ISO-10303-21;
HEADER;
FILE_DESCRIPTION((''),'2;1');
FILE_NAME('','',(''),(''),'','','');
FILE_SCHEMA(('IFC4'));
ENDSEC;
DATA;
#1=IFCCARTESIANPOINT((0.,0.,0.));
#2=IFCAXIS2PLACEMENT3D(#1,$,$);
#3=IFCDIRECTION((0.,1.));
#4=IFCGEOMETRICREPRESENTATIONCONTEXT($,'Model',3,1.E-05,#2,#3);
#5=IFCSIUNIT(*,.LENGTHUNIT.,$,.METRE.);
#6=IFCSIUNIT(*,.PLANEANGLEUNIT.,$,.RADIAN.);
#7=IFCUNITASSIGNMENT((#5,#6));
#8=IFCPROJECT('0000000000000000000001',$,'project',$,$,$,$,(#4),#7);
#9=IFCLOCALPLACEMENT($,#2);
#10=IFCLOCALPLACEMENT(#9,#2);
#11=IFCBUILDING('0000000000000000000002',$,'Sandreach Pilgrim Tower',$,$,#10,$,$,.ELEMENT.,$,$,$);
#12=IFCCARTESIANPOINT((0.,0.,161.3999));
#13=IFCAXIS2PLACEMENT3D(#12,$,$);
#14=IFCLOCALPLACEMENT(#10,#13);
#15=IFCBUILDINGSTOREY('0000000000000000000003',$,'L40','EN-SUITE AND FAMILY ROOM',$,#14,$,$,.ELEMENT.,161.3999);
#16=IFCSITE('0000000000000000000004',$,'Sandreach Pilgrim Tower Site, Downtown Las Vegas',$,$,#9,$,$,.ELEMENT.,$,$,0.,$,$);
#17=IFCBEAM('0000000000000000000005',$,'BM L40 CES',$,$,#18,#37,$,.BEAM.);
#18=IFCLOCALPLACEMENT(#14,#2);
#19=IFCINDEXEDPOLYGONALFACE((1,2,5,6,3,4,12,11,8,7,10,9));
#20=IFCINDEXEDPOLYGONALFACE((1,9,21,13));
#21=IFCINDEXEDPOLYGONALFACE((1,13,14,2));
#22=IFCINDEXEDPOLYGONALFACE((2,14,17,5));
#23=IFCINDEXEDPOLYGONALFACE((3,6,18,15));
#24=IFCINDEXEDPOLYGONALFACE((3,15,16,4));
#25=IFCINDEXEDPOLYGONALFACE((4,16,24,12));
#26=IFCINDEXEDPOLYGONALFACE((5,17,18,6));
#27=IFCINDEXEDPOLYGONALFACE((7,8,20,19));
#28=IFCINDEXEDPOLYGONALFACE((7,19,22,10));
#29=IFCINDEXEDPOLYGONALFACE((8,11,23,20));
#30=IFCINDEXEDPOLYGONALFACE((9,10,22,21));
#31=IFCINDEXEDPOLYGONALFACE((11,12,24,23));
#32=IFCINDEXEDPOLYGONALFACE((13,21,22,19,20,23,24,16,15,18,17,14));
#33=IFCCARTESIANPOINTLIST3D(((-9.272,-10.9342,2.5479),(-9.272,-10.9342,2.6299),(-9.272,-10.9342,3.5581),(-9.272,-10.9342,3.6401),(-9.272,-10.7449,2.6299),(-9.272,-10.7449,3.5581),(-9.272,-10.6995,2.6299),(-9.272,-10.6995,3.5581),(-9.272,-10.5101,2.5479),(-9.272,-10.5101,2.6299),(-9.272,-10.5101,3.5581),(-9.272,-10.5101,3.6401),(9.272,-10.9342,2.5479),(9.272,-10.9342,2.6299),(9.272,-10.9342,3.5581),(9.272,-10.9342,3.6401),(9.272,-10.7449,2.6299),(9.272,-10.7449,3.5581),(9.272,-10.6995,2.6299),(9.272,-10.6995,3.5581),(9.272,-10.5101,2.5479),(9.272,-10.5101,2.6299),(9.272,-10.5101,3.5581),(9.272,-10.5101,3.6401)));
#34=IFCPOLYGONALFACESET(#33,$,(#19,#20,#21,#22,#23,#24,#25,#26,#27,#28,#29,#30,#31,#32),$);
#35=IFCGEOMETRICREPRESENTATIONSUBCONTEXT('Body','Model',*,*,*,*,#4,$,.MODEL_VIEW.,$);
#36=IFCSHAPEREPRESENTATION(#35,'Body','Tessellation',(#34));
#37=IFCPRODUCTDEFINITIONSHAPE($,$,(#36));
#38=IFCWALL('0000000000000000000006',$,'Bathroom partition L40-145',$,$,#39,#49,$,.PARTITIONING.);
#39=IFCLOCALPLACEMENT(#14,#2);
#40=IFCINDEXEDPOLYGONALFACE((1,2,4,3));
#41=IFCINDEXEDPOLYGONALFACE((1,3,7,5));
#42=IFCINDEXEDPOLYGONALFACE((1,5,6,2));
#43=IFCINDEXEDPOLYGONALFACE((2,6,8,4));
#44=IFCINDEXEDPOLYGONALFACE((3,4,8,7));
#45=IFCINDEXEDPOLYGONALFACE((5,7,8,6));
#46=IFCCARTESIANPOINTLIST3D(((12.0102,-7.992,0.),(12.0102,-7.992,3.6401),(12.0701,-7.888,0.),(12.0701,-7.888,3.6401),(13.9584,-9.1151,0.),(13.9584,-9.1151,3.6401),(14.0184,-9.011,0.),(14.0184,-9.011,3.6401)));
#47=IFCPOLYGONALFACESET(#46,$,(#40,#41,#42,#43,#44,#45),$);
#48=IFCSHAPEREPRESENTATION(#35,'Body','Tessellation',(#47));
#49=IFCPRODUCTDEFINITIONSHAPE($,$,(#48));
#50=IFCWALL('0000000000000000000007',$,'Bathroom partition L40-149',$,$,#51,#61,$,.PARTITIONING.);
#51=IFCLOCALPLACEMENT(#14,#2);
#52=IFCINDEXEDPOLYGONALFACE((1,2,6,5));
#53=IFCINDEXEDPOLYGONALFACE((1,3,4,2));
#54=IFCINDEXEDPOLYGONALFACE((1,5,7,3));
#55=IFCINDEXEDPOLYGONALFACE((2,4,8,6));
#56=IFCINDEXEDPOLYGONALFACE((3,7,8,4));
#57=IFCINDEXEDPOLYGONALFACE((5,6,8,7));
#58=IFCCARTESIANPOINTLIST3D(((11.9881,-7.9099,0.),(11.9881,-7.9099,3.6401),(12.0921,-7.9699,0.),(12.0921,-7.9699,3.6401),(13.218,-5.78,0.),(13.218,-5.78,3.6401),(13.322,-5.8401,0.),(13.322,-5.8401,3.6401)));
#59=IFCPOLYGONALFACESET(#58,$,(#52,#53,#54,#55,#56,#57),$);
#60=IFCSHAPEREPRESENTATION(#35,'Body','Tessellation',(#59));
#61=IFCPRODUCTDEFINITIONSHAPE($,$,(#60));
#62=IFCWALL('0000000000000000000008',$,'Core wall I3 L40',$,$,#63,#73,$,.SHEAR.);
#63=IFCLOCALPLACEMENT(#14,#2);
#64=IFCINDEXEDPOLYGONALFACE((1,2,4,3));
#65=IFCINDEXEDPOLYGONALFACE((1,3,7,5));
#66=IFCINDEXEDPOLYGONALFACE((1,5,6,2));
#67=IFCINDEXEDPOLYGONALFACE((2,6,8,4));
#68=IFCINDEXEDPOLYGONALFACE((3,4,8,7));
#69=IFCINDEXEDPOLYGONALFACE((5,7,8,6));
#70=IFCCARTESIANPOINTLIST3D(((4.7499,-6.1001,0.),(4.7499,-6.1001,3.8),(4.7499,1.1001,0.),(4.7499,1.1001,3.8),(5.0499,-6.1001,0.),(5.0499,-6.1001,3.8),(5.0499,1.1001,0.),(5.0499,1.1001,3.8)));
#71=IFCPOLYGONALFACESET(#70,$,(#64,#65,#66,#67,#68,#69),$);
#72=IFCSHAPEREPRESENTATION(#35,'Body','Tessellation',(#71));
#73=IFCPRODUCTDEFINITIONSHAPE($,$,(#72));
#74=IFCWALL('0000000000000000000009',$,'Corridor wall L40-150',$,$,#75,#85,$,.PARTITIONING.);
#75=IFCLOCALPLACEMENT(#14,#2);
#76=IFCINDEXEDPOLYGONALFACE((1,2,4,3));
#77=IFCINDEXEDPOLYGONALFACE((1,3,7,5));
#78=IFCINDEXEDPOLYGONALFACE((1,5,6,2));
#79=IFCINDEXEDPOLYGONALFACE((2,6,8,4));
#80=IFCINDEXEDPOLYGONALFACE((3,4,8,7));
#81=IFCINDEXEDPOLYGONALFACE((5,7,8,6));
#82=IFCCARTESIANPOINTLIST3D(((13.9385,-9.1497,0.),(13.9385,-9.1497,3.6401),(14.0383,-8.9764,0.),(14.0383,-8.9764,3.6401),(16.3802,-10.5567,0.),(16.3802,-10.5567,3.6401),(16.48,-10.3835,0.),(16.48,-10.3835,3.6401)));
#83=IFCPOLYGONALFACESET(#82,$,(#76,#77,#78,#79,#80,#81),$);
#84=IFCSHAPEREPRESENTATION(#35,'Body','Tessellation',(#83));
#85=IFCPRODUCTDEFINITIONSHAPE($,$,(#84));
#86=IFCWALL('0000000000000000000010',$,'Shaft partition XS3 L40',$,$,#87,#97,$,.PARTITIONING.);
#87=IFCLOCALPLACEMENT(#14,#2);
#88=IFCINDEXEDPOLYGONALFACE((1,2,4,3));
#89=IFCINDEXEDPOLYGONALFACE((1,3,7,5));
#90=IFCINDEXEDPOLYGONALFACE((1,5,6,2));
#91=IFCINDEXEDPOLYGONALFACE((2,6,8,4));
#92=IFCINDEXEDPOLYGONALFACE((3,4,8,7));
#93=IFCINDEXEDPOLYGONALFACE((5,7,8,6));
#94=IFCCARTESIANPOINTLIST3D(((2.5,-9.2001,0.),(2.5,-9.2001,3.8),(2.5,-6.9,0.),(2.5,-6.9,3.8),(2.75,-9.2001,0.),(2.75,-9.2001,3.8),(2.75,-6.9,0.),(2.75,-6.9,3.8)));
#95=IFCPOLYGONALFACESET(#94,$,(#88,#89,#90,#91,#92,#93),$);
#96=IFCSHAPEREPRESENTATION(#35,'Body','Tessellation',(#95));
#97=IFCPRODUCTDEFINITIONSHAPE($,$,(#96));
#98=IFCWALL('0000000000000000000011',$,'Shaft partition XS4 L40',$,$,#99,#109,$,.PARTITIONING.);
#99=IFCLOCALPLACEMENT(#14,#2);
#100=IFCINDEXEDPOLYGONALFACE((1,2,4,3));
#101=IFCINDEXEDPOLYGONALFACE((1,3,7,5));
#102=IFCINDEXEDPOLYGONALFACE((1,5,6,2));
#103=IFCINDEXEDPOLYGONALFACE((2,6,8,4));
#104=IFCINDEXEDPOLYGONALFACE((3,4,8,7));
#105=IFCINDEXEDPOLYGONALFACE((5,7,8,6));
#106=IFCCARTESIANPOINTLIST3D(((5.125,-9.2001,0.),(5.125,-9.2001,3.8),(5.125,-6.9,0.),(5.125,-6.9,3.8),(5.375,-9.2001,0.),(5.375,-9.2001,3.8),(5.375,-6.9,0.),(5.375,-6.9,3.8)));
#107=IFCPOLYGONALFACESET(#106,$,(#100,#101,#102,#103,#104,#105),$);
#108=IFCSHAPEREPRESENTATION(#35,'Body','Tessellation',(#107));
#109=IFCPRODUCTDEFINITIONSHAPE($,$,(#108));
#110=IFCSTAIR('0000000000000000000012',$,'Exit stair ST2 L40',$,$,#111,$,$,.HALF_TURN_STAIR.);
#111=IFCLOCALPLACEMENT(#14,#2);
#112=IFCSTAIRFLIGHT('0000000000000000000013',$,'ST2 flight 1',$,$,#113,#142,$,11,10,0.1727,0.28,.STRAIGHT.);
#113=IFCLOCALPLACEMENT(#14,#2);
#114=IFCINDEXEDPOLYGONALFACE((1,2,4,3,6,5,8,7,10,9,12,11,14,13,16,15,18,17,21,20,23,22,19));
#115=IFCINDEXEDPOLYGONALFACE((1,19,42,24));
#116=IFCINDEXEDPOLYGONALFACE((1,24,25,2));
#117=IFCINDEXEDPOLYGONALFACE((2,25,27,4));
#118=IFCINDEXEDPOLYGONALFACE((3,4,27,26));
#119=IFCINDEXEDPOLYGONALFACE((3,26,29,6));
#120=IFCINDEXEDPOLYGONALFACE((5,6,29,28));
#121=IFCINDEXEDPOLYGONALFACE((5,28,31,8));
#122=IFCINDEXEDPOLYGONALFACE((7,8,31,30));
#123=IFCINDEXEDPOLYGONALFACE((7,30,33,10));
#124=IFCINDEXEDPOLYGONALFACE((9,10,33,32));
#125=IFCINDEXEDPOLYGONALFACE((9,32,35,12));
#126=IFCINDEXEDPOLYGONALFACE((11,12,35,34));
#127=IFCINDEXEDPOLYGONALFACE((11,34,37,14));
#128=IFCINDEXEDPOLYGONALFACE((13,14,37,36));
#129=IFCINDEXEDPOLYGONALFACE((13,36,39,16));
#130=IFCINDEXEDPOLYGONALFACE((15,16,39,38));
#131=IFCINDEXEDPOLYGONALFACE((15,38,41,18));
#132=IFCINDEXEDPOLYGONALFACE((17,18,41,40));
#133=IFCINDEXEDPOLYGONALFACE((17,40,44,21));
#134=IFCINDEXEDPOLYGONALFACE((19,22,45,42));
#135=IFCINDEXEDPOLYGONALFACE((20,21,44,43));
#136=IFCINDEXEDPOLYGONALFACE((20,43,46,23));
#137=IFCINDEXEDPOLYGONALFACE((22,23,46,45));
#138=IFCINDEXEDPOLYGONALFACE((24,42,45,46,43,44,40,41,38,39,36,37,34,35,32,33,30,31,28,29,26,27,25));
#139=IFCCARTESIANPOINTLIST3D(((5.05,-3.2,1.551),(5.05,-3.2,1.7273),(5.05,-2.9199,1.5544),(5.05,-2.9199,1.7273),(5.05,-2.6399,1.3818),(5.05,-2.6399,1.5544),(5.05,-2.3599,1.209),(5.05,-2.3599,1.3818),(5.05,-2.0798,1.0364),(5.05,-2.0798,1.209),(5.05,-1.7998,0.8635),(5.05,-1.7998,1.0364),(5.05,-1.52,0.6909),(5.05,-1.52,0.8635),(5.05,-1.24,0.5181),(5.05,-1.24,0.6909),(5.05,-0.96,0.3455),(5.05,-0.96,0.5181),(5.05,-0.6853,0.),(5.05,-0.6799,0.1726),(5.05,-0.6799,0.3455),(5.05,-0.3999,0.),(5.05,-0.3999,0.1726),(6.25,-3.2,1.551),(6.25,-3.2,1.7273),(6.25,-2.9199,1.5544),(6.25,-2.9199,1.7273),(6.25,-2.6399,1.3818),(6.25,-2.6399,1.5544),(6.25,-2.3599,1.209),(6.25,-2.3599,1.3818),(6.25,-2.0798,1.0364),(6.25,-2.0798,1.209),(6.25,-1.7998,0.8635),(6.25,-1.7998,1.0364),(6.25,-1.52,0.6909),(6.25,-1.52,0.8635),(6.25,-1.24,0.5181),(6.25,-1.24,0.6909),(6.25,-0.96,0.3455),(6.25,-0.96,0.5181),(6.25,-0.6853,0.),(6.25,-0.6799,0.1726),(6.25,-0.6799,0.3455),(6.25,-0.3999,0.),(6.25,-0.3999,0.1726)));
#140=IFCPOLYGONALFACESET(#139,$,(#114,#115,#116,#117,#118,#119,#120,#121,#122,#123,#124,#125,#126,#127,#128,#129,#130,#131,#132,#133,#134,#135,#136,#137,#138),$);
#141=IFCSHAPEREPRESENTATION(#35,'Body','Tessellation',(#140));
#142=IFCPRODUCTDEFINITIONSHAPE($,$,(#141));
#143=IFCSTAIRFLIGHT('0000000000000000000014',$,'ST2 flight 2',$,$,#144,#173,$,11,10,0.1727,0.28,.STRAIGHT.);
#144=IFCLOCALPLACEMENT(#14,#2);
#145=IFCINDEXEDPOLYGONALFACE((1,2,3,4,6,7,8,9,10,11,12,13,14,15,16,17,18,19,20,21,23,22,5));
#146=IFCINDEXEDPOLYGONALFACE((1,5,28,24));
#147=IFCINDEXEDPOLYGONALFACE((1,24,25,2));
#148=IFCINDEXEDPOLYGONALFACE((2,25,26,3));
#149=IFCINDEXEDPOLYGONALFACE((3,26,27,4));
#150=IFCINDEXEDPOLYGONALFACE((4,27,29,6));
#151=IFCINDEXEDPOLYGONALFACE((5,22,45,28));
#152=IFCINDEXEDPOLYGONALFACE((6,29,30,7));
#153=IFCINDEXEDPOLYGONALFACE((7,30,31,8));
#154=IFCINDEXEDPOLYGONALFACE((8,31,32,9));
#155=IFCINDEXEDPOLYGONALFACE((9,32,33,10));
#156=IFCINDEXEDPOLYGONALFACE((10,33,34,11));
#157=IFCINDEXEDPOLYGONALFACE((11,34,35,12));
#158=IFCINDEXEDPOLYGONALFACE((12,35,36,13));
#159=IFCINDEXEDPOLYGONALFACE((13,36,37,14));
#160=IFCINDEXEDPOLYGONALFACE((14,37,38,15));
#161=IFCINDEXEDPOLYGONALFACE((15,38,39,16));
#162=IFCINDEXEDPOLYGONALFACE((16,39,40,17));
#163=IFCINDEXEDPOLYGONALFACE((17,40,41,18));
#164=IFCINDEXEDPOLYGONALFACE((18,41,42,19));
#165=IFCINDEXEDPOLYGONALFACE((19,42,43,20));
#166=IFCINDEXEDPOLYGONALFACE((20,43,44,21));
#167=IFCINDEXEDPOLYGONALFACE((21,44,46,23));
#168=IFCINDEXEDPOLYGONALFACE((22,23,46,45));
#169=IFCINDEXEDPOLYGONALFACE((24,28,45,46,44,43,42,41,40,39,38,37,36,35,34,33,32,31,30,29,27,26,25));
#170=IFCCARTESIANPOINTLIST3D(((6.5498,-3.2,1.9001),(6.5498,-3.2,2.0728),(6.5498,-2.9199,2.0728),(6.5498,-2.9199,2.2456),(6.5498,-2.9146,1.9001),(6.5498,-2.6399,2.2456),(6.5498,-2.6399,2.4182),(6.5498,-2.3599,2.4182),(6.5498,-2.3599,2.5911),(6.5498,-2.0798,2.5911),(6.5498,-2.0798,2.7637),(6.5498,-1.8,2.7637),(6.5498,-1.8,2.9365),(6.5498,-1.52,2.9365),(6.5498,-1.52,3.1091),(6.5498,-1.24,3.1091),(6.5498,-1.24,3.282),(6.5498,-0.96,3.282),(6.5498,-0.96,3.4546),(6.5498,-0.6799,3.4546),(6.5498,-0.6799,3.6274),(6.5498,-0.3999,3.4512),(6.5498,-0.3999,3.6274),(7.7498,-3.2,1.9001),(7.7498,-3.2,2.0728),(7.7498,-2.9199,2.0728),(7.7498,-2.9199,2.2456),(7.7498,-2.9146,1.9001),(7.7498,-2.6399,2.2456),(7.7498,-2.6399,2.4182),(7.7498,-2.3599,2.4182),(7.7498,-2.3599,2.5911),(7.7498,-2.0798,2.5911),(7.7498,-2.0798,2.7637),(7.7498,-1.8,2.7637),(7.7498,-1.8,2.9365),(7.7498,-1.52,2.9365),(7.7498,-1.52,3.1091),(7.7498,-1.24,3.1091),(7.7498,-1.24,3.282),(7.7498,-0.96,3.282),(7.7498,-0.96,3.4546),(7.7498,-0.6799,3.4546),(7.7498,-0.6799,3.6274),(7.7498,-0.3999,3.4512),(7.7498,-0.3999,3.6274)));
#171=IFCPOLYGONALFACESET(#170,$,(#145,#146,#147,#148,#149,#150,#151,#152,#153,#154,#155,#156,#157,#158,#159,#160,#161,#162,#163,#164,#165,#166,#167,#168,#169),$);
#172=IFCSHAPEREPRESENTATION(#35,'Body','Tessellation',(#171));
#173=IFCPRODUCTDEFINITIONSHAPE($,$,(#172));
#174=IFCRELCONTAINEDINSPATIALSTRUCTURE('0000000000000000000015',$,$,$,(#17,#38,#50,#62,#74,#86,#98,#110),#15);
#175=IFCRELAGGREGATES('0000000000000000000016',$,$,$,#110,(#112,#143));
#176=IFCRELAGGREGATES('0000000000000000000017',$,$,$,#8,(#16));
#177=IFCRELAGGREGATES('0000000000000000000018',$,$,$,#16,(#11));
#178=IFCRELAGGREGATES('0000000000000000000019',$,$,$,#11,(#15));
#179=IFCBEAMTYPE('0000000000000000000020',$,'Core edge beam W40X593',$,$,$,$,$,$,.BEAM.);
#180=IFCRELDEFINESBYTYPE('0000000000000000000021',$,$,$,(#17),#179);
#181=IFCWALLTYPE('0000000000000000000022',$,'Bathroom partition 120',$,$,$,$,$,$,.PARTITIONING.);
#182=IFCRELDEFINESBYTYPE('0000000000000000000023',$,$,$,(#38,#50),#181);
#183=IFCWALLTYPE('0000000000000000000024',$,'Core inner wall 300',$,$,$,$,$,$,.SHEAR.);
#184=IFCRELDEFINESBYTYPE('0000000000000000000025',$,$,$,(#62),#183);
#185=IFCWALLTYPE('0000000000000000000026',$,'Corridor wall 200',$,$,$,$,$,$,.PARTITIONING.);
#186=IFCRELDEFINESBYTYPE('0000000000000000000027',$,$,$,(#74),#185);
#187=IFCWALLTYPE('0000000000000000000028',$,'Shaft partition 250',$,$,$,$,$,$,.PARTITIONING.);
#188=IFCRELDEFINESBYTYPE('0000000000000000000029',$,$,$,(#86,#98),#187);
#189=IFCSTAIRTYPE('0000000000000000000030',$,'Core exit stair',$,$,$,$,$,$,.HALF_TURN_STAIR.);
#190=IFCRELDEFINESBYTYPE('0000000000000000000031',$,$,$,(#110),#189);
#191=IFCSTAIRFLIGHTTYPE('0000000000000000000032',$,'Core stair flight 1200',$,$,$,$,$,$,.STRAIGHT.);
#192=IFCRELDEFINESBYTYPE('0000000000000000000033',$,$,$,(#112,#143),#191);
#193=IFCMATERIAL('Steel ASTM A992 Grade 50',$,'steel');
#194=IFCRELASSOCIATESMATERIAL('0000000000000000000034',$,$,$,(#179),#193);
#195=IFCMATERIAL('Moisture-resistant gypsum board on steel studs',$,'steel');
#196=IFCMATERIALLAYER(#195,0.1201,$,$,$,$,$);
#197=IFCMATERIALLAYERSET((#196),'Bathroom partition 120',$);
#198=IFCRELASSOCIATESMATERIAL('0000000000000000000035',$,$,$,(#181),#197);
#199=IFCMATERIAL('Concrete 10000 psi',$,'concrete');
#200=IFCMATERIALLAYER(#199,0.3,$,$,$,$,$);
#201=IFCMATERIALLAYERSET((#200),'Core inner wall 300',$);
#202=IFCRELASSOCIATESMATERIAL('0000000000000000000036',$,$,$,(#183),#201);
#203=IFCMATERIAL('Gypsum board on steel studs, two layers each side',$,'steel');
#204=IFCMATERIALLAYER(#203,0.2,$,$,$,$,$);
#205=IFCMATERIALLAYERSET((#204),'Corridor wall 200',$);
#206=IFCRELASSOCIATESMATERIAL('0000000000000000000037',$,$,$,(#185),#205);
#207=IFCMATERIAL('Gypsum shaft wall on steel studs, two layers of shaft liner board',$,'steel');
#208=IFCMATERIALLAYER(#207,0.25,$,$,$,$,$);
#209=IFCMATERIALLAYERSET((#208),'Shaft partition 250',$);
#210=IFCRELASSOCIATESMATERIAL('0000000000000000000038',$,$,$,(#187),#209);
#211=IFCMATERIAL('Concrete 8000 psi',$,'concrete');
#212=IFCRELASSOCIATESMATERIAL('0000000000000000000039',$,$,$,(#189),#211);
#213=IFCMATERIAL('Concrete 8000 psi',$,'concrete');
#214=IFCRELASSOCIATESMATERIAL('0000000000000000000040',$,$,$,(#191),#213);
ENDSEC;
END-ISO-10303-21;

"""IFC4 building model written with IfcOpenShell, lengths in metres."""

from ifc_helpers import new_model, si_unit, direction, frame, frame_2d, origin, origin_2d, place, context, subcontext, project, spatial, polyline, rectangle, i_section, outline, extrude, material, layer, layer_set, material_profile, profile_set, type_object, element, aggregate, save


model = new_model("IFC4")

# Units and contexts
model_context = context("Model", 3, precision=1e-05, world=origin(), true_north=direction((0.0, 1.0)))
body_context = subcontext(model_context, "Body", "Model", "MODEL_VIEW")
ifc_project = project(units=[si_unit("LENGTHUNIT", "METRE"), si_unit("PLANEANGLEUNIT", "RADIAN")], contexts=[model_context])

# Site, building, storey
site_placement = place(None, origin())
site = spatial("IfcSite", under=ifc_project, at=site_placement, Name="Sandreach Pilgrim Tower Site, Downtown Las Vegas", CompositionType="ELEMENT", RefElevation=0.0)
building_placement = place(site_placement, origin())
building = spatial("IfcBuilding", under=site, at=building_placement, Name="Sandreach Pilgrim Tower", CompositionType="ELEMENT")
storey_placement = place(building_placement, frame((0.0, 0.0, 161.3999)))
storey = spatial("IfcBuildingStorey", under=building, at=storey_placement, Name="L40", Description="EN-SUITE AND FAMILY ROOM", CompositionType="ELEMENT", Elevation=161.3999)

# Beam
ifc_material_1 = material(Name="Steel ASTM A992 Grade 50", Category="steel")
ifc_material_profile = material_profile(ifc_material_1, i_section(OverallWidth=0.4241, OverallDepth=1.0923, WebThickness=0.0454, FlangeThickness=0.082, at=origin_2d()), Name="W40X593")
ifc_profile_set = profile_set([ifc_material_profile], Name="Steel ASTM A992 Grade 50")
beam_type = type_object("IfcBeamType", Name="Core edge beam W40X593", PredefinedType="BEAM", material=ifc_profile_set)
beam_placement = place(storey_placement, frame((9.272, -10.7222, 3.094), z_axis=(-1.0, 0.0, 0.0), x_axis=(0.0, -1.0, 0.0)))
element("IfcBeam", 1, at=beam_placement, inside=storey, type_object=beam_type, Name="BM L40 CES", PredefinedType="BEAM", context=body_context, shape_type="SweptSolid", body=[
    extrude(i_section(OverallWidth=0.4241, OverallDepth=1.0923, WebThickness=0.0454, FlangeThickness=0.082, at=origin_2d()), origin(), (0.0, 0.0, 1.0), 18.5439),
])

# Walls
ifc_material_2 = material(Name="Moisture-resistant gypsum board on steel studs", Category="steel")
ifc_layer_1 = layer(ifc_material_2, 0.1201)
ifc_layer_set_1 = layer_set([ifc_layer_1], Name="Bathroom partition 120")
wall_type_1 = type_object("IfcWallType", Name="Bathroom partition 120", PredefinedType="PARTITIONING", material=ifc_layer_set_1)
wall_1_placement = place(storey_placement, frame((12.04, -7.9399, 0.0), z_axis=(0.0, 0.0, 1.0), x_axis=(0.866366, -0.499409, 0.0)))
element("IfcWall", 2, at=wall_1_placement, inside=storey, type_object=wall_type_1, Name="Bathroom partition L40-145", PredefinedType="PARTITIONING", context=body_context, shape_type="SweptSolid", body=[
    extrude(rectangle(XDim=2.2488, YDim=0.1201, at=frame_2d((1.1245, 0.0))), origin(), (0.0, 0.0, 1.0), 3.6401),
])
wall_2_placement = place(storey_placement, frame((13.27, -5.8101, 0.0), z_axis=(0.0, 0.0, 1.0), x_axis=(-0.500089, -0.865974, 0.0)))
element("IfcWall", 3, at=wall_2_placement, inside=storey, type_object=wall_type_1, Name="Bathroom partition L40-149", PredefinedType="PARTITIONING", context=body_context, shape_type="SweptSolid", body=[
    extrude(rectangle(XDim=2.4595, YDim=0.1201, at=frame_2d((1.2297, 0.0))), origin(), (0.0, 0.0, 1.0), 3.6401),
])
ifc_material_3 = material(Name="Concrete 10000 psi", Category="concrete")
ifc_layer_2 = layer(ifc_material_3, 0.3)
ifc_layer_set_2 = layer_set([ifc_layer_2], Name="Core inner wall 300")
wall_type_2 = type_object("IfcWallType", Name="Core inner wall 300", PredefinedType="SHEAR", material=ifc_layer_set_2)
wall_3_placement = place(storey_placement, frame((4.8999, -6.1001, 0.0), z_axis=(0.0, 0.0, 1.0), x_axis=(0.0, 1.0, 0.0)))
element("IfcWall", 4, at=wall_3_placement, inside=storey, type_object=wall_type_2, Name="Core wall I3 L40", PredefinedType="SHEAR", context=body_context, shape_type="SweptSolid", body=[
    extrude(rectangle(XDim=7.2002, YDim=0.3, at=frame_2d((3.6001, 0.0))), origin(), (0.0, 0.0, 1.0), 3.8),
])

# Shared definitions
ifc_material_4 = material(Name="Gypsum board on steel studs, two layers each side", Category="steel")
ifc_layer_3 = layer(ifc_material_4, 0.2)
ifc_layer_set_3 = layer_set([ifc_layer_3], Name="Corridor wall 200")
wall_type_3 = type_object("IfcWallType", Name="Corridor wall 200", PredefinedType="PARTITIONING", material=ifc_layer_set_3)

# Walls
wall_4_placement = place(storey_placement, frame((13.9883, -9.063, 0.0), z_axis=(0.0, 0.0, 1.0), x_axis=(0.866441, -0.49928, 0.0)))
element("IfcWall", 5, at=wall_4_placement, inside=storey, type_object=wall_type_3, Name="Corridor wall L40-150", PredefinedType="PARTITIONING", context=body_context, shape_type="SweptSolid", body=[
    extrude(rectangle(XDim=2.8181, YDim=0.2, at=frame_2d((1.4092, 0.0))), origin(), (0.0, 0.0, 1.0), 3.6401),
])
ifc_material_5 = material(Name="Gypsum shaft wall on steel studs, two layers of shaft liner board", Category="steel")
ifc_layer_4 = layer(ifc_material_5, 0.25)
ifc_layer_set_4 = layer_set([ifc_layer_4], Name="Shaft partition 250")
wall_type_4 = type_object("IfcWallType", Name="Shaft partition 250", PredefinedType="PARTITIONING", material=ifc_layer_set_4)
for number, where, z_axis, x_axis, name in (
    (6, (2.625, -9.2, 0.0), (0.0, 0.0, 1.0), (0.0, 1.0, 0.0), "Shaft partition XS3 L40"),
    (7, (5.25, -9.2, 0.0), (0.0, 0.0, 1.0), (0.0, 1.0, 0.0), "Shaft partition XS4 L40"),
):
    element("IfcWall", number, at=place(storey_placement, frame(where, z_axis=z_axis, x_axis=x_axis)), inside=storey, type_object=wall_type_4, Name=name, PredefinedType="PARTITIONING", context=body_context, shape_type="SweptSolid", body=[
        extrude(rectangle(XDim=2.3, YDim=0.25, at=frame_2d((1.1499, 0.0))), origin(), (0.0, 0.0, 1.0), 3.8),
    ])

# Stair, stair flights
ifc_material_6 = material(Name="Concrete 8000 psi", Category="concrete")
stair_type = type_object("IfcStairType", Name="Core exit stair", PredefinedType="HALF_TURN_STAIR", material=ifc_material_6)
stair_placement = place(storey_placement, origin())
stair = element("IfcStair", 8, at=stair_placement, inside=storey, type_object=stair_type, Name="Exit stair ST2 L40", PredefinedType="HALF_TURN_STAIR")
ifc_material_7 = material(Name="Concrete 8000 psi", Category="concrete")
stair_flight_type = type_object("IfcStairFlightType", Name="Core stair flight 1200", PredefinedType="STRAIGHT", material=ifc_material_7)
stair_flight_1_placement = place(storey_placement, frame((5.6499, -0.3999, 0.0), z_axis=(0.0, 0.0, 1.0), x_axis=(0.0, -1.0, 0.0)))
stair_flight_1 = element("IfcStairFlight", 9, at=stair_flight_1_placement, type_object=stair_flight_type, Name="ST2 flight 1", NumberOfRisers=11, NumberOfTreads=10, PredefinedType="STRAIGHT", RiserHeight=0.1727, TreadLength=0.28, context=body_context, shape_type="SweptSolid", body=[
    extrude(outline(polyline([(0.0, 0.0), (0.0, 0.1726), (0.28, 0.1726), (0.28, 0.3455), (0.5601, 0.3455), (0.5601, 0.5181), (0.8401, 0.5181), (0.8401, 0.6909), (1.1201, 0.6909), (1.1201, 0.8635), (1.3999, 0.8635), (1.3999, 1.0364), (1.6799, 1.0364), (1.6799, 1.209), (1.96, 1.209), (1.96, 1.3818), (2.24, 1.3818), (2.24, 1.5544), (2.52, 1.5544), (2.52, 1.7273), (2.8, 1.7273), (2.8, 1.8999), (2.8, 1.551), (0.2854, 0.0), (0.0, 0.0)])), frame((0.0, 0.6001, 0.0), z_axis=(0.0, -1.0, 0.0), x_axis=(1.0, 0.0, 0.0)), (0.0, 0.0, 1.0), 1.2),
])
stair_flight_2_placement = place(storey_placement, frame((7.1499, -3.2, 1.9001), z_axis=(0.0, 0.0, 1.0), x_axis=(0.0, 1.0, 0.0)))
stair_flight_2 = element("IfcStairFlight", 10, at=stair_flight_2_placement, type_object=stair_flight_type, Name="ST2 flight 2", NumberOfRisers=11, NumberOfTreads=10, PredefinedType="STRAIGHT", RiserHeight=0.1727, TreadLength=0.28, context=body_context, shape_type="SweptSolid", body=[
    extrude(outline(polyline([(0.0, 0.0), (0.0, 0.1726), (0.28, 0.1726), (0.28, 0.3455), (0.5601, 0.3455), (0.5601, 0.5181), (0.8401, 0.5181), (0.8401, 0.6909), (1.1201, 0.6909), (1.1201, 0.8635), (1.3999, 0.8635), (1.3999, 1.0364), (1.6799, 1.0364), (1.6799, 1.209), (1.96, 1.209), (1.96, 1.3818), (2.24, 1.3818), (2.24, 1.5544), (2.52, 1.5544), (2.52, 1.7273), (2.8, 1.7273), (2.8, 1.8999), (2.8, 1.551), (0.2854, 0.0), (0.0, 0.0)])), frame((0.0, 0.6001, 0.0), z_axis=(0.0, -1.0, 0.0), x_axis=(1.0, 0.0, 0.0)), (0.0, 0.0, 1.0), 1.2),
])
aggregate(stair, [stair_flight_1, stair_flight_2])

save(model, "model.ifc")
